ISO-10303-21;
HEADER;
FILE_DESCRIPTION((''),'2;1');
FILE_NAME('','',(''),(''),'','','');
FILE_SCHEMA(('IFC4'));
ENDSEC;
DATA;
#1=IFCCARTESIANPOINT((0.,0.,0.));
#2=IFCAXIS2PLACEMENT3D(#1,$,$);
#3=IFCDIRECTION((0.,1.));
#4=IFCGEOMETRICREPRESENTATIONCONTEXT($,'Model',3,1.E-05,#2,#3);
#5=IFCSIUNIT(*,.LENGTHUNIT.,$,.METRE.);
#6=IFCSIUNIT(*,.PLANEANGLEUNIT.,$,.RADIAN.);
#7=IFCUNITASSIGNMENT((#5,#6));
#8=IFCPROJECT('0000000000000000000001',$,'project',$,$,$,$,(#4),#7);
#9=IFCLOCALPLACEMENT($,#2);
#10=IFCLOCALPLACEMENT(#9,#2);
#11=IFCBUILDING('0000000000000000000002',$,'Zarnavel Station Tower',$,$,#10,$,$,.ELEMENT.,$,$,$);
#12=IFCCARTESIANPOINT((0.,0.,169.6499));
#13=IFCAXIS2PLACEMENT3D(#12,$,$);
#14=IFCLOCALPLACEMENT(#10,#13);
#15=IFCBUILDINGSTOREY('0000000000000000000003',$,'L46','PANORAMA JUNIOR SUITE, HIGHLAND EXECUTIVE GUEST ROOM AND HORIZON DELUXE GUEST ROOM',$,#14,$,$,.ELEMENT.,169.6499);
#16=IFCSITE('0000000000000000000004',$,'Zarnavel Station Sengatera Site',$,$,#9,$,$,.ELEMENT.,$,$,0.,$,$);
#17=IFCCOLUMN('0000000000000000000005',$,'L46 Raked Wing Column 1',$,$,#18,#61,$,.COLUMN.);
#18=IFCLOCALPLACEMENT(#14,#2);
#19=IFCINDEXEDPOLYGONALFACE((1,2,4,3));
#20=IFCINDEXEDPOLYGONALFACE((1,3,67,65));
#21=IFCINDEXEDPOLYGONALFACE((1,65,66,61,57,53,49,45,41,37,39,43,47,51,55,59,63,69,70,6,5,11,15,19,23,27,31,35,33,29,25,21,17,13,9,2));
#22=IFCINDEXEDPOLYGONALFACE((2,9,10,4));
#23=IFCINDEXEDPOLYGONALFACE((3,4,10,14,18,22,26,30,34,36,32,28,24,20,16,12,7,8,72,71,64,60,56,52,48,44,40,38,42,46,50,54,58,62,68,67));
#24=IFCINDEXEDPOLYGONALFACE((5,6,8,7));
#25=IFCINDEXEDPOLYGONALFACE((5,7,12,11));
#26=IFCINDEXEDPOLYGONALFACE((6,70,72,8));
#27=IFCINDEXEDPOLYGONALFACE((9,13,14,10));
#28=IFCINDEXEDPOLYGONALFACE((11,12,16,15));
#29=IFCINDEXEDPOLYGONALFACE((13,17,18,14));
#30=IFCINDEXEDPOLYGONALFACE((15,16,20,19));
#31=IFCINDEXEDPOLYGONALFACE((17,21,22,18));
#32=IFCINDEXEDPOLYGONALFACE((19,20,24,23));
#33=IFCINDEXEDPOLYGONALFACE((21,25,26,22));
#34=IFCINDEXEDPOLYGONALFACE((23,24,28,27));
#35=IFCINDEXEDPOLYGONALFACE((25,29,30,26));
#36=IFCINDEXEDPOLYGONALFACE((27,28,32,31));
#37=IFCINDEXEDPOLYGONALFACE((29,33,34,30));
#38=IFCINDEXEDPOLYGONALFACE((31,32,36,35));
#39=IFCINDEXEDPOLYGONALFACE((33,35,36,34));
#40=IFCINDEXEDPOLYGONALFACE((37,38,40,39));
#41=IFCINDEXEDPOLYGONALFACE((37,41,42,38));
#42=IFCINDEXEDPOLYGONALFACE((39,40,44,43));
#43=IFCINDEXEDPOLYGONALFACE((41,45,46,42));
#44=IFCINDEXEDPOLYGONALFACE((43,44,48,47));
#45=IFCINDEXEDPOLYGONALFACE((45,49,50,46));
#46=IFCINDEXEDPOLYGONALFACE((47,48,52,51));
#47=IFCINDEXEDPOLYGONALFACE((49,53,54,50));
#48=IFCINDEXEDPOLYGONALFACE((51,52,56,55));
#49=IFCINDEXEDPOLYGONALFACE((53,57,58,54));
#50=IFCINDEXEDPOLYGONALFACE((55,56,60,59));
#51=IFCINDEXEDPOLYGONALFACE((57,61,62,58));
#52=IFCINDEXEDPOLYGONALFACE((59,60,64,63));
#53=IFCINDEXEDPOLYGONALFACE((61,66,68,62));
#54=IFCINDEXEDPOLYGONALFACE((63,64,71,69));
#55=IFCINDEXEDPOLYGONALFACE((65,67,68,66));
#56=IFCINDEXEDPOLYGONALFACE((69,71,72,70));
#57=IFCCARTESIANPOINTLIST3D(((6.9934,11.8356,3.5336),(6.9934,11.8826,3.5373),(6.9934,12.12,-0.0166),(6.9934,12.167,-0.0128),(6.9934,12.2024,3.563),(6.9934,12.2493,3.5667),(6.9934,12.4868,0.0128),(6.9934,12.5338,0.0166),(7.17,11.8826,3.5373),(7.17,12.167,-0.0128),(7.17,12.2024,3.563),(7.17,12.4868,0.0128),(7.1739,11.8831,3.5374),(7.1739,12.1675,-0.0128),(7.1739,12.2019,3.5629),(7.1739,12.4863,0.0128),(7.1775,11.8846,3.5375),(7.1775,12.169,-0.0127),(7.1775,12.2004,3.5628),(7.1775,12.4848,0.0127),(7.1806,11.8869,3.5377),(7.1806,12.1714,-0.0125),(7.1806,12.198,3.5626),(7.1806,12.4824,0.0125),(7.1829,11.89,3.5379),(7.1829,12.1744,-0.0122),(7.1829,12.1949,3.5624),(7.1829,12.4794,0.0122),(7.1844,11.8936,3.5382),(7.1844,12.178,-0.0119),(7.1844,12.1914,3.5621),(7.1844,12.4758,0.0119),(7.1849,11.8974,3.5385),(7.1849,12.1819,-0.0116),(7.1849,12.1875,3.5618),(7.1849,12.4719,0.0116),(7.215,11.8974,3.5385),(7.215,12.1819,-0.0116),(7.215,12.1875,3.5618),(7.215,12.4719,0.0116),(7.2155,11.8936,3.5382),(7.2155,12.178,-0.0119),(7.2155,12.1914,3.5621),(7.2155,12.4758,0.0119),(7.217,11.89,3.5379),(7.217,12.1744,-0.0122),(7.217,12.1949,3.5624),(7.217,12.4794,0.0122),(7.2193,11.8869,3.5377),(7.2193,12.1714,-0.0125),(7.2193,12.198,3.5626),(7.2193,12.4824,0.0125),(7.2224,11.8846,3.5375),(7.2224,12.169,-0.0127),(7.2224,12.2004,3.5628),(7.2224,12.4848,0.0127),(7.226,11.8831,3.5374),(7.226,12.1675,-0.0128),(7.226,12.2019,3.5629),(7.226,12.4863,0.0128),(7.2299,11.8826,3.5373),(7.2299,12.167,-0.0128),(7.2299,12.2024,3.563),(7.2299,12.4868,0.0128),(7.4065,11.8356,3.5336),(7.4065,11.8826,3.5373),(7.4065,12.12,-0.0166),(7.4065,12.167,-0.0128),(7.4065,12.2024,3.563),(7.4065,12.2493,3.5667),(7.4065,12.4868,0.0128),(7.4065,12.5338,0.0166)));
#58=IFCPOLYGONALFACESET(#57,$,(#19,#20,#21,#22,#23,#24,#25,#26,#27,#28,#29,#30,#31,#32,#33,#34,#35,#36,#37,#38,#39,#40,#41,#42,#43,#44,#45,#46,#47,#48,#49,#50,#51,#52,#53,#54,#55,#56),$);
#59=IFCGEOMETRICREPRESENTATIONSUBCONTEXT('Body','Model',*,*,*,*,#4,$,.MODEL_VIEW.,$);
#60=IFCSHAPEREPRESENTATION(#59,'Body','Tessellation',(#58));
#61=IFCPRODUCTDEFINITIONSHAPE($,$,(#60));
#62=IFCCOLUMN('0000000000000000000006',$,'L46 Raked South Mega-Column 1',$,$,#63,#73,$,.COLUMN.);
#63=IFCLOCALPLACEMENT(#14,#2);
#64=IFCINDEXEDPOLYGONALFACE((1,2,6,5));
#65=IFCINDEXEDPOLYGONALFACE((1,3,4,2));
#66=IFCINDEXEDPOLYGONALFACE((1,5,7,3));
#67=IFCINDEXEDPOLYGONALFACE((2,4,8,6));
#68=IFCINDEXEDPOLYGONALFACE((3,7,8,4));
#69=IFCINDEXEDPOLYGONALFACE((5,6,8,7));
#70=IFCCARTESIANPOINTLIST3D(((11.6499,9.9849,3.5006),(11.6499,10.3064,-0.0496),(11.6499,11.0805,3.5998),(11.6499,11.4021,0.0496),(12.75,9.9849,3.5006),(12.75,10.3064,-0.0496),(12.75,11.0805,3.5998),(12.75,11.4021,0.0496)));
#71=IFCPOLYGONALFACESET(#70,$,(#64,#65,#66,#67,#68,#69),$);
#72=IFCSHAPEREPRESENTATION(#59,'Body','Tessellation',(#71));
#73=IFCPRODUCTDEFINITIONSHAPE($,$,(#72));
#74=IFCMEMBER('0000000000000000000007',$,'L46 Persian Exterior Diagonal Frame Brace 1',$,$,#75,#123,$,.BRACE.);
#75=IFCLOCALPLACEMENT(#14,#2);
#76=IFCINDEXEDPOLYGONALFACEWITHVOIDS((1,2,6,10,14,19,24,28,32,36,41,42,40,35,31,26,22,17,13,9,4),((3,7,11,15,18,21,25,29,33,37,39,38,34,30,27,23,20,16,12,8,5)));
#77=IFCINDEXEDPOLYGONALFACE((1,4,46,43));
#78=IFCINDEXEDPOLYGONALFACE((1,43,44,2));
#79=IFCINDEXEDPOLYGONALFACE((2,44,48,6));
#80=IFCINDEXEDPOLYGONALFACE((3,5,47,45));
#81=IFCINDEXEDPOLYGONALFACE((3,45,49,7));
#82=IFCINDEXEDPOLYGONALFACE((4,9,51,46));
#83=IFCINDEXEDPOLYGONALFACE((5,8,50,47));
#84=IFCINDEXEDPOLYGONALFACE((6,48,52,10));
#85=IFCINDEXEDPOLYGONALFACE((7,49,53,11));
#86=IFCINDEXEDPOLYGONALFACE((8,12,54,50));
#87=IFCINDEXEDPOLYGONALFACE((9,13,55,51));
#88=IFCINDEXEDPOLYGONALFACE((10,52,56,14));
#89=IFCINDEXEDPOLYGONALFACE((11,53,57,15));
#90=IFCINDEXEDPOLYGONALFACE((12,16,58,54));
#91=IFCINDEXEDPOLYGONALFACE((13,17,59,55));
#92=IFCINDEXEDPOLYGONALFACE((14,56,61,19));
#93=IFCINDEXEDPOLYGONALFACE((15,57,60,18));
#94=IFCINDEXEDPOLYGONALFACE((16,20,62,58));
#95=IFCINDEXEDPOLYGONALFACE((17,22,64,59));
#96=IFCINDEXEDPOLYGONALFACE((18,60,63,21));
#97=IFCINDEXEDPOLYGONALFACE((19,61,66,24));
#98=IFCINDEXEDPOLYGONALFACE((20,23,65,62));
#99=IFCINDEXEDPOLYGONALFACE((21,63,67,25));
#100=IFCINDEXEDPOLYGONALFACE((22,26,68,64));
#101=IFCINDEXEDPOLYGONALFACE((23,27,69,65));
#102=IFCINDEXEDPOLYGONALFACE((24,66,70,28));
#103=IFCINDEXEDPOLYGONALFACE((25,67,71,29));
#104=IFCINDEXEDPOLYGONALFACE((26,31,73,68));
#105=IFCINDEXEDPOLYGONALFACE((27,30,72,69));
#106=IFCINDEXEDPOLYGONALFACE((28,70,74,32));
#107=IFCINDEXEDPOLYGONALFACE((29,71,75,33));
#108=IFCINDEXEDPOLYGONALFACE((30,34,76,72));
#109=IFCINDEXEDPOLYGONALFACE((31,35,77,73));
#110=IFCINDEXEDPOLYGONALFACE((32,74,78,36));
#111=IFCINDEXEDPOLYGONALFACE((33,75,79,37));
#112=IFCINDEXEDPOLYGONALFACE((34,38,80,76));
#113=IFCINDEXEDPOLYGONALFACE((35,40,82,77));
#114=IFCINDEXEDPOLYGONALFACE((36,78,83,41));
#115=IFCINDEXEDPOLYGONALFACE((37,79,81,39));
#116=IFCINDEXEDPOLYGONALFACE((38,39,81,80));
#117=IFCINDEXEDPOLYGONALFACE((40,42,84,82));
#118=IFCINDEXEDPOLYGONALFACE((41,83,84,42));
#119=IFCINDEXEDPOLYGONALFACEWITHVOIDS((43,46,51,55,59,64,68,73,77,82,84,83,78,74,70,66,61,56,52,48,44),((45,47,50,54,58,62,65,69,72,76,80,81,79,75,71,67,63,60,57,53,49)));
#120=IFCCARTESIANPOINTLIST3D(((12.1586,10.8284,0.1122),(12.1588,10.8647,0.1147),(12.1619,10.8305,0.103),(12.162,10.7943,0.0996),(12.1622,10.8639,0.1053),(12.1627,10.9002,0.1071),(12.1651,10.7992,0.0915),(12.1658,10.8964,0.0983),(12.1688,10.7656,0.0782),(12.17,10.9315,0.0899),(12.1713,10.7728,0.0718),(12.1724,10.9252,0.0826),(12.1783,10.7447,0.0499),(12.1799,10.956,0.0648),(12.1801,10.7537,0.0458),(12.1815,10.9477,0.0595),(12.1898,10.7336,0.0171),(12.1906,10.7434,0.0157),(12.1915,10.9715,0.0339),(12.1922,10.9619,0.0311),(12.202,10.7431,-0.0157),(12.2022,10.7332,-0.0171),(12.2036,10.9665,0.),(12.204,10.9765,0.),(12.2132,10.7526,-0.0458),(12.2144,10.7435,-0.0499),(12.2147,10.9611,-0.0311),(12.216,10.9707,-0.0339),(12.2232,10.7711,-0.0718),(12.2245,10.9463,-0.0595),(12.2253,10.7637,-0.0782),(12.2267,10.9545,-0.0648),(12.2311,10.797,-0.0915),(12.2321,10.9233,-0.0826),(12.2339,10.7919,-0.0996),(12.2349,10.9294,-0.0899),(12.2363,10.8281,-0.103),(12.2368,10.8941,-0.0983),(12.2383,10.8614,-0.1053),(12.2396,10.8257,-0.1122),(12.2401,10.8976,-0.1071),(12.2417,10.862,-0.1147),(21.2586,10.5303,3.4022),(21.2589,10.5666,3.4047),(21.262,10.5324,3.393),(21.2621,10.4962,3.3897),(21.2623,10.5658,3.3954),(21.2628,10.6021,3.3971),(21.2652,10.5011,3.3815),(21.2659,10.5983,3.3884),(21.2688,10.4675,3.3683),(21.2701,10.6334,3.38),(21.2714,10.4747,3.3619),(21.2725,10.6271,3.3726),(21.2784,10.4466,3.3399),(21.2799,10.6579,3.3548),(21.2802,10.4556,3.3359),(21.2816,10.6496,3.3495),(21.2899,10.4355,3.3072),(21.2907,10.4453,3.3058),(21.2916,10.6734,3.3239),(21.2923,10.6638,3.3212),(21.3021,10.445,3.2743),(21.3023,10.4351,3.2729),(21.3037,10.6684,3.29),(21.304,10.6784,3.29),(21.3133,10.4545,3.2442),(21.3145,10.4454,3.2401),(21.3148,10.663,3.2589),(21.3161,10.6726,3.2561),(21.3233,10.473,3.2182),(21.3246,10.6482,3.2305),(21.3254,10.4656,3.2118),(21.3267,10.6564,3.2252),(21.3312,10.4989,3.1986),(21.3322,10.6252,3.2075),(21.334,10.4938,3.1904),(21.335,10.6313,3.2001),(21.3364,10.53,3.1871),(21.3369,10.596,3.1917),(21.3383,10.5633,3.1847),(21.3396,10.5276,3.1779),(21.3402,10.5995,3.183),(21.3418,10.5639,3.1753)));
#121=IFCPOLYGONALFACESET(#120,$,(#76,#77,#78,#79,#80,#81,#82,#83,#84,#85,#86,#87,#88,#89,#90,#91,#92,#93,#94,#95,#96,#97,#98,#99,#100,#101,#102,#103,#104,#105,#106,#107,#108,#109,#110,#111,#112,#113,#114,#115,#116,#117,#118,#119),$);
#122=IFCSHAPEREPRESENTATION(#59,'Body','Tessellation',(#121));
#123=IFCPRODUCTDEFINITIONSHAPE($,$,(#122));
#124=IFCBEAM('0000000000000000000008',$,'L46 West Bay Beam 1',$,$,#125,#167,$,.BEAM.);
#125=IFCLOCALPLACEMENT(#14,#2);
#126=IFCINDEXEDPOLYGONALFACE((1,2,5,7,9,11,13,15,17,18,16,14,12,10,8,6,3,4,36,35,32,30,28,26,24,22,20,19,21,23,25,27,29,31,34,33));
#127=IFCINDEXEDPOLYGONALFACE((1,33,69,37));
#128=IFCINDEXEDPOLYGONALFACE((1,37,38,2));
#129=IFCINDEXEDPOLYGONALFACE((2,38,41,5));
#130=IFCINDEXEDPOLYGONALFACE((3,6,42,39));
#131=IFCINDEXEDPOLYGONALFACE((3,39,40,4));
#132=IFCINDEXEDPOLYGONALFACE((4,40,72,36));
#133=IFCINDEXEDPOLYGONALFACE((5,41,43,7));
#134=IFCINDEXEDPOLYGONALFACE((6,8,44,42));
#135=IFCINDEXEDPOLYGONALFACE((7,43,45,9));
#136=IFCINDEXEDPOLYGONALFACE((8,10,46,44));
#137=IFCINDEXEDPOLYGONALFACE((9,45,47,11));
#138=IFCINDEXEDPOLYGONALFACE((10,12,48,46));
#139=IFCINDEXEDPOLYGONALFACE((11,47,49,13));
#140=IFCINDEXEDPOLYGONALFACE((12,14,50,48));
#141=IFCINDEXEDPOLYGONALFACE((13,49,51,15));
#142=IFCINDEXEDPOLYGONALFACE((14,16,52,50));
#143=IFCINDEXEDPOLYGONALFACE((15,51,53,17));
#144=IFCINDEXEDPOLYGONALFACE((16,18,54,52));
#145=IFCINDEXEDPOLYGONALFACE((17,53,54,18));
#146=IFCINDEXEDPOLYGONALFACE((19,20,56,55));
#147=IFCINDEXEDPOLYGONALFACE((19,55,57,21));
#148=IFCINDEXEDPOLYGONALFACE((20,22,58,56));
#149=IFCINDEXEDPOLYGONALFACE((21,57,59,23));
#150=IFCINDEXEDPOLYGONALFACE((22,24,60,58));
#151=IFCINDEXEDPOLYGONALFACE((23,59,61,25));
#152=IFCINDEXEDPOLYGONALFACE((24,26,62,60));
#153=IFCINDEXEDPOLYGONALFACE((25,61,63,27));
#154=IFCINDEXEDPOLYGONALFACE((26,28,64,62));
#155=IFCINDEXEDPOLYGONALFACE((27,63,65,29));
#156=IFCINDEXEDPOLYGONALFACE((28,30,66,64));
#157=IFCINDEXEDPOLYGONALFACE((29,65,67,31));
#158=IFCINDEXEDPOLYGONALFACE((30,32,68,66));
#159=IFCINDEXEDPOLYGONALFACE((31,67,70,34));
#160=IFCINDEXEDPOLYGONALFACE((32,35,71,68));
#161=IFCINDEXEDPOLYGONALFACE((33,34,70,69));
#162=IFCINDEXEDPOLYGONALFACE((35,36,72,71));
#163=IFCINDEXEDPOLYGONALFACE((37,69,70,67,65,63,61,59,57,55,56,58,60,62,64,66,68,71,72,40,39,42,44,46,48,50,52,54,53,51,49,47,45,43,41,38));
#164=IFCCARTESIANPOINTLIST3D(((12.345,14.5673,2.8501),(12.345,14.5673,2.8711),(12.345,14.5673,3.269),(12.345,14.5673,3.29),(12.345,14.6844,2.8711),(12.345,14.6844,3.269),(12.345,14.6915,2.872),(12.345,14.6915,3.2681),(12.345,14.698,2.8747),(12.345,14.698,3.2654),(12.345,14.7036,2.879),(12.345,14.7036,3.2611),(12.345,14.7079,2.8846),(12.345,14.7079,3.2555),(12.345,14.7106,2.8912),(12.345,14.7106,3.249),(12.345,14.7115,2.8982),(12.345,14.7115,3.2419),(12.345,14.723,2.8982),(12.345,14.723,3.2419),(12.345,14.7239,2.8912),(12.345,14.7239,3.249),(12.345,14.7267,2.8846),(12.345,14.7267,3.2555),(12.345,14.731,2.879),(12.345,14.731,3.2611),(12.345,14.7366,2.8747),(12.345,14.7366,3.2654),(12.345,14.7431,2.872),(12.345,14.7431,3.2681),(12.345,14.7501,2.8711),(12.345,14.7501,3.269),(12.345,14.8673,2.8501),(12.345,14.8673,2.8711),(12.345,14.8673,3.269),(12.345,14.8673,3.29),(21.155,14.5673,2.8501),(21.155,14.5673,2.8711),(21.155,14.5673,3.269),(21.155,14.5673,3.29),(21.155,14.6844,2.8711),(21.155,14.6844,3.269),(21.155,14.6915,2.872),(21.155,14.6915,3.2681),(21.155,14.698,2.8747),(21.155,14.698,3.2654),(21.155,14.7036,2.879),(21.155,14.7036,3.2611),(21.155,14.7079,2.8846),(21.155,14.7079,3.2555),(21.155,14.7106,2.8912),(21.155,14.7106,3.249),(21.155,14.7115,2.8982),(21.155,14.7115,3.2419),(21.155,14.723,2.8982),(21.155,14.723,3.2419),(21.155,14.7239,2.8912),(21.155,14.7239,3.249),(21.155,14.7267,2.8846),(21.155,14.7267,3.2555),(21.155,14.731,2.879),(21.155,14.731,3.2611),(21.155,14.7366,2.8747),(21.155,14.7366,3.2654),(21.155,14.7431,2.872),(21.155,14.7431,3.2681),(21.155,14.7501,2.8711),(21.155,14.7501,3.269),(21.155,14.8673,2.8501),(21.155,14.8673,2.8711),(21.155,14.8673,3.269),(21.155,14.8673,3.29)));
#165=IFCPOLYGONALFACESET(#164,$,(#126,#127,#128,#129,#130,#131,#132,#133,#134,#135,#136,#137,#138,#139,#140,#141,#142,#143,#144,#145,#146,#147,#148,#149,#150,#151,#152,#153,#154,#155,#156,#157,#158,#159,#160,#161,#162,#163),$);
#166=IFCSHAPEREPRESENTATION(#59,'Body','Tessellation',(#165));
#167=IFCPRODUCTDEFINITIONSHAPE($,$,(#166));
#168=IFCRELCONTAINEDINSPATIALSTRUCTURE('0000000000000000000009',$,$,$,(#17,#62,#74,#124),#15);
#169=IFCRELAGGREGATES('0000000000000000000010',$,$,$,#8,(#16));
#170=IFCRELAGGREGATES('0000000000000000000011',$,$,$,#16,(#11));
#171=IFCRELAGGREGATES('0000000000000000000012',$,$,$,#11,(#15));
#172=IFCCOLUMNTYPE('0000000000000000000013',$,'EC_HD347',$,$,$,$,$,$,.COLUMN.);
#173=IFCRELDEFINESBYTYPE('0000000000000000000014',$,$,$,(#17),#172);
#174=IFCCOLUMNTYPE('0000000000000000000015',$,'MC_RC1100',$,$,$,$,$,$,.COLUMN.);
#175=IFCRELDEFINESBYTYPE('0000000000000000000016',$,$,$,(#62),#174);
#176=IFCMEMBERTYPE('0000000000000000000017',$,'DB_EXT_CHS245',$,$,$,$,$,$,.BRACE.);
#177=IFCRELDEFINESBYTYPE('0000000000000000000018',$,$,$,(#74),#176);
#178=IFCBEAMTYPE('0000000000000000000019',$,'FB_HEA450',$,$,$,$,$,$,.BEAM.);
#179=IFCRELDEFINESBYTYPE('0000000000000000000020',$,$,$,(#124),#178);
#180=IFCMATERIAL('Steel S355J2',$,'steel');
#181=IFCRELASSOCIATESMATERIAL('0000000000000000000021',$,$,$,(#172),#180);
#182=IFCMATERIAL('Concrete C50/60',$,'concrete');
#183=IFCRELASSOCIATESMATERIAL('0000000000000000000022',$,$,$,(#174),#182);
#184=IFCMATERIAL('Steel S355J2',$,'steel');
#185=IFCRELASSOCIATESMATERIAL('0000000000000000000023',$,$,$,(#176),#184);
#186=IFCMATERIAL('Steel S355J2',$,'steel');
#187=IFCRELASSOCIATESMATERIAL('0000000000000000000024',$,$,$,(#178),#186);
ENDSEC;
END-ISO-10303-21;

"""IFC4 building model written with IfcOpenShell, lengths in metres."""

from ifc_helpers import new_model, si_unit, direction, frame, origin, origin_2d, place, context, subcontext, project, spatial, rectangle, hollow_circle, i_section, extrude, material, material_profile, profile_set, type_object, element, save


model = new_model("IFC4")

# Units and contexts
model_context = context("Model", 3, precision=1e-05, world=origin(), true_north=direction((0.0, 1.0)))
body_context = subcontext(model_context, "Body", "Model", "MODEL_VIEW")
ifc_project = project(units=[si_unit("LENGTHUNIT", "METRE"), si_unit("PLANEANGLEUNIT", "RADIAN")], contexts=[model_context])

# Site, building, storey
site_placement = place(None, origin())
site = spatial("IfcSite", under=ifc_project, at=site_placement, Name="Zarnavel Station Sengatera Site", CompositionType="ELEMENT", RefElevation=0.0)
building_placement = place(site_placement, origin())
building = spatial("IfcBuilding", under=site, at=building_placement, Name="Zarnavel Station Tower", CompositionType="ELEMENT")
storey_placement = place(building_placement, frame((0.0, 0.0, 169.6499)))
storey = spatial("IfcBuildingStorey", under=building, at=storey_placement, Name="L46", Description="PANORAMA JUNIOR SUITE, HIGHLAND EXECUTIVE GUEST ROOM AND HORIZON DELUXE GUEST ROOM", CompositionType="ELEMENT", Elevation=169.6499)

# Columns
ifc_material_1 = material(Name="Steel S355J2", Category="steel")
ifc_material_profile_1 = material_profile(ifc_material_1, i_section(OverallWidth=0.4131, OverallDepth=0.415, WebThickness=0.03, FlangeThickness=0.0471, FilletRadius=0.0149, at=origin_2d()), Name="HD400x347")
ifc_profile_set_1 = profile_set([ifc_material_profile_1], Name="Steel S355J2")
column_type_1 = type_object("IfcColumnType", Name="EC_HD347", PredefinedType="COLUMN", material=ifc_profile_set_1)
column_1_placement = place(storey_placement, frame((7.2, 12.3269, 0.0), z_axis=(0.0, -0.079862, 0.996806), x_axis=(1.0, 0.0, 0.0)))
element("IfcColumn", 1, at=column_1_placement, inside=storey, type_object=column_type_1, Name="L46 Raked Wing Column 1", PredefinedType="COLUMN", context=body_context, shape_type="SweptSolid", body=[
    extrude(i_section(OverallWidth=0.4131, OverallDepth=0.415, WebThickness=0.03, FlangeThickness=0.0471, FilletRadius=0.0149, at=origin_2d()), origin(), (0.0, 0.0, 1.0), 3.5615),
])
ifc_material_2 = material(Name="Concrete C50/60", Category="concrete")
ifc_material_profile_2 = material_profile(ifc_material_2, rectangle(XDim=1.1001, YDim=1.1001, at=origin_2d()), Name="RC1100x1100")
ifc_profile_set_2 = profile_set([ifc_material_profile_2], Name="Concrete C50/60")
column_type_2 = type_object("IfcColumnType", Name="MC_RC1100", PredefinedType="COLUMN", material=ifc_profile_set_2)
column_2_placement = place(storey_placement, frame((12.2, 10.8542, 0.0), z_axis=(0.0, -0.090202, 0.995923), x_axis=(1.0, 0.0, 0.0)))
element("IfcColumn", 2, at=column_2_placement, inside=storey, type_object=column_type_2, Name="L46 Raked South Mega-Column 1", PredefinedType="COLUMN", context=body_context, shape_type="SweptSolid", body=[
    extrude(rectangle(XDim=1.1001, YDim=1.1001, at=origin_2d()), origin(), (0.0, 0.0, 1.0), 3.5647),
])

# Member
ifc_material_3 = material(Name="Steel S355J2", Category="steel")
ifc_material_profile_3 = material_profile(ifc_material_3, hollow_circle(Radius=0.1223, WallThickness=0.01, at=origin_2d()), Name="CHS244.5x10")
ifc_profile_set_3 = profile_set([ifc_material_profile_3], Name="Steel S355J2")
member_type = type_object("IfcMemberType", Name="DB_EXT_CHS245", PredefinedType="BRACE", material=ifc_profile_set_3)
member_placement = place(storey_placement, frame((12.2, 10.8542, 0.0), z_axis=(0.939979, -0.030791, 0.339839), x_axis=(0.03274, 0.999464, 0.0)))
element("IfcMember", 3, at=member_placement, inside=storey, type_object=member_type, Name="L46 Persian Exterior Diagonal Frame Brace 1", PredefinedType="BRACE", context=body_context, shape_type="SweptSolid", body=[
    extrude(hollow_circle(Radius=0.1223, WallThickness=0.01, at=origin_2d()), origin(), (0.0, 0.0, 1.0), 9.6812),
])

# Beam
ifc_material_4 = material(Name="Steel S355J2", Category="steel")
ifc_material_profile_4 = material_profile(ifc_material_4, i_section(OverallWidth=0.3, OverallDepth=0.4399, WebThickness=0.0115, FlangeThickness=0.021, FilletRadius=0.0271, at=origin_2d()), Name="HEA450")
ifc_profile_set_4 = profile_set([ifc_material_profile_4], Name="Steel S355J2")
beam_type_1 = type_object("IfcBeamType", Name="FB_HEA450", PredefinedType="BEAM", material=ifc_profile_set_4)
beam_1_placement = place(storey_placement, frame((12.345, 14.7173, 3.0701), z_axis=(1.0, 0.0, 0.0), x_axis=(0.0, 1.0, 0.0)))
element("IfcBeam", 4, at=beam_1_placement, inside=storey, type_object=beam_type_1, Name="L46 West Bay Beam 1", PredefinedType="BEAM", context=body_context, shape_type="SweptSolid", body=[
    extrude(i_section(OverallWidth=0.3, OverallDepth=0.4399, WebThickness=0.0115, FlangeThickness=0.021, FilletRadius=0.0271, at=origin_2d()), origin(), (0.0, 0.0, 1.0), 8.8101),
])

save(model, "model.ifc")
